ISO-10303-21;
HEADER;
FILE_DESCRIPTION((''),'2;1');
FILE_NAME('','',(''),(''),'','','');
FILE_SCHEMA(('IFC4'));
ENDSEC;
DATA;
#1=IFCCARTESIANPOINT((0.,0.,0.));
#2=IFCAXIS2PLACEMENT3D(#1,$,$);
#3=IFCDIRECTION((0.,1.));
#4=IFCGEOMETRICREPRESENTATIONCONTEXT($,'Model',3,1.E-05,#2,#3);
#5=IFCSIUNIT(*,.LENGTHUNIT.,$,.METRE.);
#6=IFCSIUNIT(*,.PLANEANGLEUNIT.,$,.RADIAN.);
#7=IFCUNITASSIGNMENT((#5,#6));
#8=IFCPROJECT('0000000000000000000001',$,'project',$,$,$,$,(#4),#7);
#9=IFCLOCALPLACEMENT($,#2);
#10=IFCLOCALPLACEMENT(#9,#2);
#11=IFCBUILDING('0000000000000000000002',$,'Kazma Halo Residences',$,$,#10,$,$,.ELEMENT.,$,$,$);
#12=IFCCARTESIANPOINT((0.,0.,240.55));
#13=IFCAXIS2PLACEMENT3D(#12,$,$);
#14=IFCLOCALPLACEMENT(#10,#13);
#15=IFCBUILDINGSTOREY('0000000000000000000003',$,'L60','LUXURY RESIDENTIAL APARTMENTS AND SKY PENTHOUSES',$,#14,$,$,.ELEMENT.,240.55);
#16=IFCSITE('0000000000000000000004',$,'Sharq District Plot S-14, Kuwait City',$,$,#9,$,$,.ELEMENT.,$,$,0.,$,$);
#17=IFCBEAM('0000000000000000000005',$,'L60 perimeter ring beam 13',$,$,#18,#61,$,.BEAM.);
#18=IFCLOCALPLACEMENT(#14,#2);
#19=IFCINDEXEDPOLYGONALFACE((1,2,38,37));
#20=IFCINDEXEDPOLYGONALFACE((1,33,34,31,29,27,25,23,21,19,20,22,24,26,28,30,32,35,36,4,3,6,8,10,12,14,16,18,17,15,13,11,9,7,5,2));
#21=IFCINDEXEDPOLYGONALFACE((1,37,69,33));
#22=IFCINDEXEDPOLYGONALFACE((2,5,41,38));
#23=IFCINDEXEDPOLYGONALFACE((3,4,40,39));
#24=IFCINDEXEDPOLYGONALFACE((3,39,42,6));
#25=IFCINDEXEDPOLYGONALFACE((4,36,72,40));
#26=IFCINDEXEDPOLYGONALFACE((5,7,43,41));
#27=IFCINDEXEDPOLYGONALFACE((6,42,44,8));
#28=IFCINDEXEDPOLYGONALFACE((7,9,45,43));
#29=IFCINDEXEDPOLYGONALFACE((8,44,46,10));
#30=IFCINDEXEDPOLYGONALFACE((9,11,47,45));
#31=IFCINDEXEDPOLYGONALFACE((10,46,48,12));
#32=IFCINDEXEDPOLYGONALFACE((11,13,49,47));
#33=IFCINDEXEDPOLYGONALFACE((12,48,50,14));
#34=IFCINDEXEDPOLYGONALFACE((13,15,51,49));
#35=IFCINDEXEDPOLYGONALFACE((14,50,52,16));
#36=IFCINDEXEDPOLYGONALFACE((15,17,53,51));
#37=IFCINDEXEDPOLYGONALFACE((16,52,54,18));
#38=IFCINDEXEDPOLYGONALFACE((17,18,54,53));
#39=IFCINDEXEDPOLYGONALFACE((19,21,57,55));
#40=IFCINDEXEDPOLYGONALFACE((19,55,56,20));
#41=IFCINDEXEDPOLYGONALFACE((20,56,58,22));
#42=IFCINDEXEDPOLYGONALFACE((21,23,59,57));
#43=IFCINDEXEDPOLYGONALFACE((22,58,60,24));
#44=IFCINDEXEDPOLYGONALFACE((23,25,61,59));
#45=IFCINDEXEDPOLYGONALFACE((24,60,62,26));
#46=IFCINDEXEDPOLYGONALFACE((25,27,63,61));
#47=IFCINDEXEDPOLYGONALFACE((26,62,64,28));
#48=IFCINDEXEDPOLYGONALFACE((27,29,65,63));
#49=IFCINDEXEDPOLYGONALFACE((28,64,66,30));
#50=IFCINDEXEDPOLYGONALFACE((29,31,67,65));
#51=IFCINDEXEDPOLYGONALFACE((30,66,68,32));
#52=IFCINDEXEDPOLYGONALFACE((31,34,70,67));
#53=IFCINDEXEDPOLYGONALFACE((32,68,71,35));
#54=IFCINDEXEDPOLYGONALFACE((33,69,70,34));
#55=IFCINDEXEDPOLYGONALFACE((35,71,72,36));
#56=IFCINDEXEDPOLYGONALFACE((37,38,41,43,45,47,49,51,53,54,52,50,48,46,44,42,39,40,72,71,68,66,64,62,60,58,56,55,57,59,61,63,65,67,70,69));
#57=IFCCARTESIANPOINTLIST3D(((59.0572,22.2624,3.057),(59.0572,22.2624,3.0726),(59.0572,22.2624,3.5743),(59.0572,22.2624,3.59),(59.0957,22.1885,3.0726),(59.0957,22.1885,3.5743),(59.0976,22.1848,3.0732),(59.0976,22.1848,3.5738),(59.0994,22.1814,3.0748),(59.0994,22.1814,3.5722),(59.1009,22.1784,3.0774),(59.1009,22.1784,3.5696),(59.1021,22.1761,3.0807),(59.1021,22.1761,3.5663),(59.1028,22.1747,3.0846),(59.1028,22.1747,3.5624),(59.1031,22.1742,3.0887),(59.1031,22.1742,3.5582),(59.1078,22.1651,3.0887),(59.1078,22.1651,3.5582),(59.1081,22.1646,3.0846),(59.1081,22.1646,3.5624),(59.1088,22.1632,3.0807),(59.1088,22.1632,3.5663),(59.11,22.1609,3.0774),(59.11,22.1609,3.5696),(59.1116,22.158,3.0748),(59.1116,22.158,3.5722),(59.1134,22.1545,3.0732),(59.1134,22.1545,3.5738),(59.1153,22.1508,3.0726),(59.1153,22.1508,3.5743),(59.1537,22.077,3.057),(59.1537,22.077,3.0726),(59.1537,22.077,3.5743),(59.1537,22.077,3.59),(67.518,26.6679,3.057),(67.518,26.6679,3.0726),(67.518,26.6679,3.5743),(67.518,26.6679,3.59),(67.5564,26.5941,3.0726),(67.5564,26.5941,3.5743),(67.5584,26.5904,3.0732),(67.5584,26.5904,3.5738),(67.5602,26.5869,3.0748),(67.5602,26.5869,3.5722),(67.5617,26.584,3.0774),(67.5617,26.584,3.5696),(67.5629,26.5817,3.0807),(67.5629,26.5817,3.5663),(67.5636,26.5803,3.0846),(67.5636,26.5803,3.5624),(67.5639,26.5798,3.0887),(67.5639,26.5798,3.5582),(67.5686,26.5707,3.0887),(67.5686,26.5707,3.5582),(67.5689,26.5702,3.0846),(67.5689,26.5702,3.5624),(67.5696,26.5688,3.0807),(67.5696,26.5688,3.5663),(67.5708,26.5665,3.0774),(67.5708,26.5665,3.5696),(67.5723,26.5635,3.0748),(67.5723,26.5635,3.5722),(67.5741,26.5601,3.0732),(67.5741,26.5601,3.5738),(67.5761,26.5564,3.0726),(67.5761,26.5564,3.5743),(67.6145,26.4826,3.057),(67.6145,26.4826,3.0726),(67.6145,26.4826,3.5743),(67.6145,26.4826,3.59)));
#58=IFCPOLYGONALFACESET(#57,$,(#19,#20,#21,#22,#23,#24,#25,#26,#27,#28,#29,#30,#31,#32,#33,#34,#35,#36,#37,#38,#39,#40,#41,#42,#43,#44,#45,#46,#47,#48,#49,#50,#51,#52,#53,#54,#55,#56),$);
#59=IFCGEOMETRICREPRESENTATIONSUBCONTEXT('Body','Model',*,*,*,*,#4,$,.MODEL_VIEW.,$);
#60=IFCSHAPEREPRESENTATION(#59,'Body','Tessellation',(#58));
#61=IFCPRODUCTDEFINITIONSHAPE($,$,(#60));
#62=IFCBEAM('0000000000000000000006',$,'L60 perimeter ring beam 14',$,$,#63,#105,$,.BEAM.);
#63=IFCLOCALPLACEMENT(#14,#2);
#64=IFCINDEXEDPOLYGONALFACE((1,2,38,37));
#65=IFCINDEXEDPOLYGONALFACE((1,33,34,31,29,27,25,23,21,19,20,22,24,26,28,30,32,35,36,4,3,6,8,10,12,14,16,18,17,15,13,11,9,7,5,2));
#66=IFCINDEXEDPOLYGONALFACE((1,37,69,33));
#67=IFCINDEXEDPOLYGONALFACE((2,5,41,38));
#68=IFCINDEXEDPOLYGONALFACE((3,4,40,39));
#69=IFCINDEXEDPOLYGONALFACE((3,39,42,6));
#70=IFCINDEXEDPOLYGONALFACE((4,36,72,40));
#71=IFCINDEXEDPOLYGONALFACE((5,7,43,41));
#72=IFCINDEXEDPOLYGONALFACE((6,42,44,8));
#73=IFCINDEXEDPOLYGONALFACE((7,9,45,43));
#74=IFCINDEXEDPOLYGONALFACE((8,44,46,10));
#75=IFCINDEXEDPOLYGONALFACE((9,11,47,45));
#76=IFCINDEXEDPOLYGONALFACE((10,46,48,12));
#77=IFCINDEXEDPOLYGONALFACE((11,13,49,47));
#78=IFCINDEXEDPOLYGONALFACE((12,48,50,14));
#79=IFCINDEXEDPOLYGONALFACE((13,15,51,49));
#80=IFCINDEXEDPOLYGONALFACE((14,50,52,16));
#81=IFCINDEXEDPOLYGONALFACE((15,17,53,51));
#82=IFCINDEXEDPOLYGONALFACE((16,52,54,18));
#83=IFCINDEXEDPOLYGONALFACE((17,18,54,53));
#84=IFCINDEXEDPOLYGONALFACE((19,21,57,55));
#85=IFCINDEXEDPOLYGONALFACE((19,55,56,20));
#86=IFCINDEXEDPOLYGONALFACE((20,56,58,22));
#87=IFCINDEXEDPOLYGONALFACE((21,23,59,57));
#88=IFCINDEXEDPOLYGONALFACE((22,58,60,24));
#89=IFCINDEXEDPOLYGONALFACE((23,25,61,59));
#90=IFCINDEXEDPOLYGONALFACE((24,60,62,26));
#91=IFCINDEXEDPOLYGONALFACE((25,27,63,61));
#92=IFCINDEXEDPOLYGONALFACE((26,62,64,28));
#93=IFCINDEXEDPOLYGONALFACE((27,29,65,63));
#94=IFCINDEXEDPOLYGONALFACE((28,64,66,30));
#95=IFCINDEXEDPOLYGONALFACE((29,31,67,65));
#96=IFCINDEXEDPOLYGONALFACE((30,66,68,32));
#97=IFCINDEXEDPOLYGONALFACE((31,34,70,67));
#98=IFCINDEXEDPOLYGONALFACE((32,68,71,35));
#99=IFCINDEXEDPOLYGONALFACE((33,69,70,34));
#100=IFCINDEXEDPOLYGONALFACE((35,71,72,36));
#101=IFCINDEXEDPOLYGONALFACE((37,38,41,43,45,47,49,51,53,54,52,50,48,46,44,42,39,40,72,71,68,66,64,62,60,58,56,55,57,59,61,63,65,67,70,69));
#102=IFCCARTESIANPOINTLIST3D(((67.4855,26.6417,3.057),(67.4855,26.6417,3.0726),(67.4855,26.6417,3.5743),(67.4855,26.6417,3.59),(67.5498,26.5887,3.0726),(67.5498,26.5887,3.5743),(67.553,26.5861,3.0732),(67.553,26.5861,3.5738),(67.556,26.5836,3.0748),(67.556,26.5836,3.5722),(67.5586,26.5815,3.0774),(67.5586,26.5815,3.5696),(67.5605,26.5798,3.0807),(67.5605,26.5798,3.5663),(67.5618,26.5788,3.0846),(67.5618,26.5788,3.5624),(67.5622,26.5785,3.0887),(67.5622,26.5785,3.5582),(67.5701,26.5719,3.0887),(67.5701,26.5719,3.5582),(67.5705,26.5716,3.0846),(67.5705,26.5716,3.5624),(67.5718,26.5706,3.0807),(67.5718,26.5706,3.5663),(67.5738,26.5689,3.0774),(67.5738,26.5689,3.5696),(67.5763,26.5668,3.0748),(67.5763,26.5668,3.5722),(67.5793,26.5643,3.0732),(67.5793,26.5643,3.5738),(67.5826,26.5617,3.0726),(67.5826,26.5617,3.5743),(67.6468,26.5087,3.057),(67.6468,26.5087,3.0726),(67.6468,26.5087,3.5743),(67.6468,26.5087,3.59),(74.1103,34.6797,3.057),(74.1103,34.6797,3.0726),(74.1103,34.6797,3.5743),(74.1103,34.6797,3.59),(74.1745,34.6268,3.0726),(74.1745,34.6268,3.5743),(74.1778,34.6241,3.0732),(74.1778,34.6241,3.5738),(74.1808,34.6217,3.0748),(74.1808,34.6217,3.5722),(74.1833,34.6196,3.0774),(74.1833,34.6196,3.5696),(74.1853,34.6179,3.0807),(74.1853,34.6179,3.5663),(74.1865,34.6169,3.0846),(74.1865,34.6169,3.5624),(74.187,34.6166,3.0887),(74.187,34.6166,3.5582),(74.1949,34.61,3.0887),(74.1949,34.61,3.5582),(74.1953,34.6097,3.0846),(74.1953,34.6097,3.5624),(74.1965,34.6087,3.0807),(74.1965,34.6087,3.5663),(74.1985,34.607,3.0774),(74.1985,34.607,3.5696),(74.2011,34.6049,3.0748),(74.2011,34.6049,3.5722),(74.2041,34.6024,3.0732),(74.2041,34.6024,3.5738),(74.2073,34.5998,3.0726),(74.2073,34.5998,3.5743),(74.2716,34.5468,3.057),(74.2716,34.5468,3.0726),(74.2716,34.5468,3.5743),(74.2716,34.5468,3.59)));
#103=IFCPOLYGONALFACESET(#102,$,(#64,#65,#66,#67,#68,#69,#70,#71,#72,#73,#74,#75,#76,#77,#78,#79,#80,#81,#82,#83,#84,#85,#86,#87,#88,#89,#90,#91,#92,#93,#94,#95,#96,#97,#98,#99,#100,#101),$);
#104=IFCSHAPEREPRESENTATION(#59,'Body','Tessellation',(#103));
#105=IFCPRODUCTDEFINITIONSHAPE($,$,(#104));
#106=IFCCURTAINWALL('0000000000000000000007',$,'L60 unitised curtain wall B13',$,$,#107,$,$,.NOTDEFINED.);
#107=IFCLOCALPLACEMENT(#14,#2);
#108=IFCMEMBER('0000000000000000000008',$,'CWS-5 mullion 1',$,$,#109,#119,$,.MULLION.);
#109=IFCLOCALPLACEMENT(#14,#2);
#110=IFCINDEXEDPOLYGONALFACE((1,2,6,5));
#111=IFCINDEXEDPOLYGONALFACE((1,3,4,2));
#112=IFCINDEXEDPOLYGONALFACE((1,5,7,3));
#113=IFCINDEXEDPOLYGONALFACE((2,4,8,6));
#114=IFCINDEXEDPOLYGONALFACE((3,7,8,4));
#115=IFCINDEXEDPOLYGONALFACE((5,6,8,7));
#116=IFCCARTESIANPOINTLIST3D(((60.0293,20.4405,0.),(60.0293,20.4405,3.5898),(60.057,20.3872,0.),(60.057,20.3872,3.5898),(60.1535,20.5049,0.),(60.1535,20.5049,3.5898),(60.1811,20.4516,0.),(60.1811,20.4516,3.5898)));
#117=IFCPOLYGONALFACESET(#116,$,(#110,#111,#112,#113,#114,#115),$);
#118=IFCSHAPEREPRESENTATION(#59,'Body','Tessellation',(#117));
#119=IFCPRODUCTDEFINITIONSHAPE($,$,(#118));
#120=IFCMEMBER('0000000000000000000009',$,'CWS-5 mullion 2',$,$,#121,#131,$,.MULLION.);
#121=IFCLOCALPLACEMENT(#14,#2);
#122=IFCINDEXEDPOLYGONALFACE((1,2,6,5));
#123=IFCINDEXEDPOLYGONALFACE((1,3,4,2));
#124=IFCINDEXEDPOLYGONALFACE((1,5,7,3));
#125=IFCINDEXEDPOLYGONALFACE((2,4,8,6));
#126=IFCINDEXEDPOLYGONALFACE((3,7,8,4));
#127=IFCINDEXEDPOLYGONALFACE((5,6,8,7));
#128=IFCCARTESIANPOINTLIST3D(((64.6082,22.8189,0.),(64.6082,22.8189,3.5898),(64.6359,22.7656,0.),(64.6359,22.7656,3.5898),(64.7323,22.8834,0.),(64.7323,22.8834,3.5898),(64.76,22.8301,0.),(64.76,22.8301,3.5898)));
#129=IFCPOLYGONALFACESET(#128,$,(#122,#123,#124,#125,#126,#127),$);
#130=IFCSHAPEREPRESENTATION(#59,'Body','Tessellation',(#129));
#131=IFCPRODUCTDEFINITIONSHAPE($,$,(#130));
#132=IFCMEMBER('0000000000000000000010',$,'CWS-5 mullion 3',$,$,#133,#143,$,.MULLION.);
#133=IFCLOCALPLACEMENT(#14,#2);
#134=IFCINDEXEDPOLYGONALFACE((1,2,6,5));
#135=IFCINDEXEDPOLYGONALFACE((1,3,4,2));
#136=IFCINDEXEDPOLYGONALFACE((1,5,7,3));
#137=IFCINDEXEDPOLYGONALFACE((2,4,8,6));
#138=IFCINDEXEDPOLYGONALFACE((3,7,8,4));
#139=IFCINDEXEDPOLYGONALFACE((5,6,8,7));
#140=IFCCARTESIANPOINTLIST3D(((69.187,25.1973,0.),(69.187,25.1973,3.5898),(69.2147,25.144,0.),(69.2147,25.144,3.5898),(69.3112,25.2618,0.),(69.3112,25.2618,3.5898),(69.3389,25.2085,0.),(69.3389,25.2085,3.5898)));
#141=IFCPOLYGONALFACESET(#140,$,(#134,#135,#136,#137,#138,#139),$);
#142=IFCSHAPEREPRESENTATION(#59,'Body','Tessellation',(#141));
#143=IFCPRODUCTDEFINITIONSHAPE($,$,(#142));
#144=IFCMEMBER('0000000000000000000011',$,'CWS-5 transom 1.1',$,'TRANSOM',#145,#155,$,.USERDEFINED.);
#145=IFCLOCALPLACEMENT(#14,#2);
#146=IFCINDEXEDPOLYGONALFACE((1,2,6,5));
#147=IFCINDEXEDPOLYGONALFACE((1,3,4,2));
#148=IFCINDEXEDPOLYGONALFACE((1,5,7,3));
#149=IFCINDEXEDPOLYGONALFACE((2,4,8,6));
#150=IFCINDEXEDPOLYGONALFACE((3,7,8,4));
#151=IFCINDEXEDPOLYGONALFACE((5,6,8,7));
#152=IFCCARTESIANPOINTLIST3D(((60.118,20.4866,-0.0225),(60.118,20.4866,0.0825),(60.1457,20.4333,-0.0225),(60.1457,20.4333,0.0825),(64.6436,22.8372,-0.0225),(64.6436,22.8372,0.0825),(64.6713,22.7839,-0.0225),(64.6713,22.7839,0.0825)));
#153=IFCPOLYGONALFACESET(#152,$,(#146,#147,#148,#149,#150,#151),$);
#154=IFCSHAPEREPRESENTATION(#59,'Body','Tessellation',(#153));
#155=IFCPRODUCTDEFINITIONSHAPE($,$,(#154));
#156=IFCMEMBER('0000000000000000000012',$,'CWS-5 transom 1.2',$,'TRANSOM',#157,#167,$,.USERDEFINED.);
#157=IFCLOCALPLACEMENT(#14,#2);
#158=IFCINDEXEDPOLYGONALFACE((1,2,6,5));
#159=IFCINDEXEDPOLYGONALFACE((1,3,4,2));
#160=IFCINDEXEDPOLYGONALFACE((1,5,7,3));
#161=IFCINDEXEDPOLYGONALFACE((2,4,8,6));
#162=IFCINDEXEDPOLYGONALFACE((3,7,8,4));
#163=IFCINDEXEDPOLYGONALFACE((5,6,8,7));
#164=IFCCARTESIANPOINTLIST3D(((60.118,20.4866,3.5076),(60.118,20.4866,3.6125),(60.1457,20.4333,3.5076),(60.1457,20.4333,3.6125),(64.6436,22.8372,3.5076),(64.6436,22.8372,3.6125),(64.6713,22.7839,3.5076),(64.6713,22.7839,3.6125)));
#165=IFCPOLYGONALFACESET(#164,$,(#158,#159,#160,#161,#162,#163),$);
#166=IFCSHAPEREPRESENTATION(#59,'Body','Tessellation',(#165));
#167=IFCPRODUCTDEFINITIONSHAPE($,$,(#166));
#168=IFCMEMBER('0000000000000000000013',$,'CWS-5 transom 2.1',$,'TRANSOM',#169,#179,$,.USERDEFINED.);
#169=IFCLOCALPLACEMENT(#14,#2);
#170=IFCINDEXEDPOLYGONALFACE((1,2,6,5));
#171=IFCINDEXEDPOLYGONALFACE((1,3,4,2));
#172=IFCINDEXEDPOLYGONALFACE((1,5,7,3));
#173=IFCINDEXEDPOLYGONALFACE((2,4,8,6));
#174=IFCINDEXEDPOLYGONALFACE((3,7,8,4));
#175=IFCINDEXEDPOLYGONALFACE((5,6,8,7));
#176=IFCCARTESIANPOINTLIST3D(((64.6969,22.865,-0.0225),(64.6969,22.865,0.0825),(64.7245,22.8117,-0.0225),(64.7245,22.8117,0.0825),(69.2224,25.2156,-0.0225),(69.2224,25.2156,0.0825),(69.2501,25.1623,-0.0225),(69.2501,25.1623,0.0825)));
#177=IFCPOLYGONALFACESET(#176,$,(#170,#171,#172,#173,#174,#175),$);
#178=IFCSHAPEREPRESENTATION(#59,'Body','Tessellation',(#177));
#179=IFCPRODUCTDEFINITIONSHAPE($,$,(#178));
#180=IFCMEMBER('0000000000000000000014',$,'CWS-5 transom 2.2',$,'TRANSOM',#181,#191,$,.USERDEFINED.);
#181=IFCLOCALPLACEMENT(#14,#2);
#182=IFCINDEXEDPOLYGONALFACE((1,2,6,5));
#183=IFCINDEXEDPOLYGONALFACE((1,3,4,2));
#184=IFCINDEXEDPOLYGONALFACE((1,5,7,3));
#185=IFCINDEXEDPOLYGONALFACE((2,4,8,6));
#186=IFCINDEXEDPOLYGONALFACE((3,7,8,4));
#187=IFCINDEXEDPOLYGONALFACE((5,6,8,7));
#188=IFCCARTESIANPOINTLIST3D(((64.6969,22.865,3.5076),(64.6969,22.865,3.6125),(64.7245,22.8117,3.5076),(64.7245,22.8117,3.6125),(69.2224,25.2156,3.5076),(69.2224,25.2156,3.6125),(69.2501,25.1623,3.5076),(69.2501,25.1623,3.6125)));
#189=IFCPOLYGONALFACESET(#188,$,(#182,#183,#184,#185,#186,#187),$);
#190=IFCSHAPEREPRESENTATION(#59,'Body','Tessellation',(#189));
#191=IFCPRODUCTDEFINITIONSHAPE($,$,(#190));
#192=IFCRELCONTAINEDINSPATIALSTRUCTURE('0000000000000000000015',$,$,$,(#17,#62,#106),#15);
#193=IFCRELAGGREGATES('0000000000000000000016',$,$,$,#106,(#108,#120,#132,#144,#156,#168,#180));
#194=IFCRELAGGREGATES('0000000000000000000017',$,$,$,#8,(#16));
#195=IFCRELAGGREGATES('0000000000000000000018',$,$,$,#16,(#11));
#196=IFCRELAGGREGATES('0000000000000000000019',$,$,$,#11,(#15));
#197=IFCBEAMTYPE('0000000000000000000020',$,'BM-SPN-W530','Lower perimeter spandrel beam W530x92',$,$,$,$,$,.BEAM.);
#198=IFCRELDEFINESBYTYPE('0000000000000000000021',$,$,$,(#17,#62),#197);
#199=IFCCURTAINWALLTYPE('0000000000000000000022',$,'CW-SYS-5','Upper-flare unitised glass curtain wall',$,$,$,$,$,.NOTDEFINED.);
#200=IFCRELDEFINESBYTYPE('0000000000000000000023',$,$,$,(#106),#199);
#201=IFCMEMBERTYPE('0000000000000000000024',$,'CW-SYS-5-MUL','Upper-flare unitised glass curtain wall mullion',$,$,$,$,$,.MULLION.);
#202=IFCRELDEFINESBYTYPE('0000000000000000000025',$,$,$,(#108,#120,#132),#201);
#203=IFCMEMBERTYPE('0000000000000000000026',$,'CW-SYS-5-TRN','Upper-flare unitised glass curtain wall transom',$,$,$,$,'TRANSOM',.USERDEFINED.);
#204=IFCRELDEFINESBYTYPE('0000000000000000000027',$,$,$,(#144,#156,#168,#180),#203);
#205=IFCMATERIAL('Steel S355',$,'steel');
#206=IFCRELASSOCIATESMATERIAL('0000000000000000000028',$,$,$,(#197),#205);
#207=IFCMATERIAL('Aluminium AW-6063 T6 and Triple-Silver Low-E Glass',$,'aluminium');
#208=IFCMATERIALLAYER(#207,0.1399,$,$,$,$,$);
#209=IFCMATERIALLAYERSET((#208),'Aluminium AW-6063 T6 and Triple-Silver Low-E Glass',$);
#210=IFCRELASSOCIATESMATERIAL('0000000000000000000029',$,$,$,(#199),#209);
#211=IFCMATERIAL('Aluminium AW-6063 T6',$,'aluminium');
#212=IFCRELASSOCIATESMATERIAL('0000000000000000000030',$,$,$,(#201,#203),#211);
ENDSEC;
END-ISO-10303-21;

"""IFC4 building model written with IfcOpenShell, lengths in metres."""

from ifc_helpers import new_model, si_unit, direction, frame, origin, origin_2d, place, context, subcontext, project, spatial, rectangle, i_section, extrude, material, layer, layer_set, material_profile, profile_set, type_object, element, aggregate, save


model = new_model("IFC4")

# Units and contexts
model_context = context("Model", 3, precision=1e-05, world=origin(), true_north=direction((0.0, 1.0)))
body_context = subcontext(model_context, "Body", "Model", "MODEL_VIEW")
ifc_project = project(units=[si_unit("LENGTHUNIT", "METRE"), si_unit("PLANEANGLEUNIT", "RADIAN")], contexts=[model_context])

# Site, building, storey
site_placement = place(None, origin())
site = spatial("IfcSite", under=ifc_project, at=site_placement, Name="Sharq District Plot S-14, Kuwait City", CompositionType="ELEMENT", RefElevation=0.0)
building_placement = place(site_placement, origin())
building = spatial("IfcBuilding", under=site, at=building_placement, Name="Kazma Halo Residences", CompositionType="ELEMENT")
storey_placement = place(building_placement, frame((0.0, 0.0, 240.55)))
storey = spatial("IfcBuildingStorey", under=building, at=storey_placement, Name="L60", Description="LUXURY RESIDENTIAL APARTMENTS AND SKY PENTHOUSES", CompositionType="ELEMENT", Elevation=240.55)

# Beams
ifc_material_1 = material(Name="Steel S355", Category="steel")
ifc_material_profile_1 = material_profile(ifc_material_1, i_section(OverallWidth=0.209, OverallDepth=0.533, WebThickness=0.0103, FlangeThickness=0.0156, FilletRadius=0.0161, at=origin_2d()), Name="W530x92")
ifc_profile_set_1 = profile_set([ifc_material_profile_1], Name="Steel S355")
beam_type_1 = type_object("IfcBeamType", Name="BM-SPN-W530", Description="Lower perimeter spandrel beam W530x92", PredefinedType="BEAM", material=ifc_profile_set_1)
beam_1_placement = place(storey_placement, frame((59.1055, 22.1697, 3.3235), z_axis=(0.886961, 0.461844, 0.0), x_axis=(-0.461844, 0.886961, 0.0)))
element("IfcBeam", 1, at=beam_1_placement, inside=storey, type_object=beam_type_1, Name="L60 perimeter ring beam 13", PredefinedType="BEAM", context=body_context, shape_type="SweptSolid", body=[
    extrude(i_section(OverallWidth=0.209, OverallDepth=0.533, WebThickness=0.0103, FlangeThickness=0.0156, FilletRadius=0.0161, at=origin_2d()), origin(), (0.0, 0.0, 1.0), 9.5391),
])
beam_2_placement = place(storey_placement, frame((67.5662, 26.5752, 3.3235), z_axis=(0.636002, 0.771687, 0.0), x_axis=(-0.771687, 0.636002, 0.0)))
element("IfcBeam", 2, at=beam_2_placement, inside=storey, type_object=beam_type_1, Name="L60 perimeter ring beam 14", PredefinedType="BEAM", context=body_context, shape_type="SweptSolid", body=[
    extrude(i_section(OverallWidth=0.209, OverallDepth=0.533, WebThickness=0.0103, FlangeThickness=0.0156, FilletRadius=0.0161, at=origin_2d()), origin(), (0.0, 0.0, 1.0), 10.4163),
])

# Curtain wall, members
ifc_material_2 = material(Name="Aluminium AW-6063 T6 and Triple-Silver Low-E Glass", Category="aluminium")
ifc_layer_1 = layer(ifc_material_2, 0.1399)
ifc_layer_set_1 = layer_set([ifc_layer_1], Name="Aluminium AW-6063 T6 and Triple-Silver Low-E Glass")
curtain_wall_type = type_object("IfcCurtainWallType", Name="CW-SYS-5", Description="Upper-flare unitised glass curtain wall", PredefinedType="NOTDEFINED", material=ifc_layer_set_1)
curtain_wall_placement = place(storey_placement, origin())
curtain_wall = element("IfcCurtainWall", 3, at=curtain_wall_placement, inside=storey, type_object=curtain_wall_type, Name="L60 unitised curtain wall B13", PredefinedType="NOTDEFINED")
ifc_material_3 = material(Name="Aluminium AW-6063 T6", Category="aluminium")
ifc_material_profile_2 = material_profile(ifc_material_3, rectangle(XDim=0.0601, YDim=0.1399, at=origin_2d()), Name="CWM-60x140")
ifc_profile_set_2 = profile_set([ifc_material_profile_2], Name="Aluminium AW-6063 T6")
member_type_1 = type_object("IfcMemberType", Name="CW-SYS-5-MUL", Description="Upper-flare unitised glass curtain wall mullion", PredefinedType="MULLION", material=ifc_profile_set_2)
member_1_placement = place(storey_placement, frame((60.1052, 20.446, 0.0), z_axis=(0.0, 0.0, 1.0), x_axis=(-0.460961, 0.887421, 0.0)))
member_1 = element("IfcMember", 4, at=member_1_placement, type_object=member_type_1, Name="CWS-5 mullion 1", PredefinedType="MULLION", context=body_context, shape_type="SweptSolid", body=[
    extrude(rectangle(XDim=0.0601, YDim=0.1399, at=origin_2d()), origin(), (0.0, 0.0, 1.0), 3.5898),
])
member_2_placement = place(storey_placement, frame((64.6841, 22.8245, 0.0), z_axis=(0.0, 0.0, 1.0), x_axis=(-0.460961, 0.887421, 0.0)))
member_2 = element("IfcMember", 5, at=member_2_placement, type_object=member_type_1, Name="CWS-5 mullion 2", PredefinedType="MULLION", context=body_context, shape_type="SweptSolid", body=[
    extrude(rectangle(XDim=0.0601, YDim=0.1399, at=origin_2d()), origin(), (0.0, 0.0, 1.0), 3.5898),
])
member_3_placement = place(storey_placement, frame((69.2629, 25.2029, 0.0), z_axis=(0.0, 0.0, 1.0), x_axis=(-0.460961, 0.887421, 0.0)))
member_3 = element("IfcMember", 6, at=member_3_placement, type_object=member_type_1, Name="CWS-5 mullion 3", PredefinedType="MULLION", context=body_context, shape_type="SweptSolid", body=[
    extrude(rectangle(XDim=0.0601, YDim=0.1399, at=origin_2d()), origin(), (0.0, 0.0, 1.0), 3.5898),
])
ifc_material_profile_3 = material_profile(ifc_material_3, rectangle(XDim=0.0601, YDim=0.105, at=origin_2d()), Name="CWT-60x105")
ifc_profile_set_3 = profile_set([ifc_material_profile_3], Name="Aluminium AW-6063 T6")
member_type_2 = type_object("IfcMemberType", Name="CW-SYS-5-TRN", Description="Upper-flare unitised glass curtain wall transom", ElementType="TRANSOM", PredefinedType="USERDEFINED", material=ifc_profile_set_3)
member_4_placement = place(storey_placement, frame((60.1318, 20.46, 0.03), z_axis=(0.887437, 0.460929, 0.0), x_axis=(-0.460929, 0.887437, 0.0)))
member_4 = element("IfcMember", 7, at=member_4_placement, type_object=member_type_2, Name="CWS-5 transom 1.1", ObjectType="TRANSOM", PredefinedType="USERDEFINED", context=body_context, shape_type="SweptSolid", body=[
    extrude(rectangle(XDim=0.0601, YDim=0.105, at=origin_2d()), origin(), (0.0, 0.0, 1.0), 5.0996),
])
member_5_placement = place(storey_placement, frame((60.1318, 20.46, 3.5601), z_axis=(0.887437, 0.460929, 0.0), x_axis=(-0.460929, 0.887437, 0.0)))
member_5 = element("IfcMember", 8, at=member_5_placement, type_object=member_type_2, Name="CWS-5 transom 1.2", ObjectType="TRANSOM", PredefinedType="USERDEFINED", context=body_context, shape_type="SweptSolid", body=[
    extrude(rectangle(XDim=0.0601, YDim=0.105, at=origin_2d()), origin(), (0.0, 0.0, 1.0), 5.0996),
])
member_6_placement = place(storey_placement, frame((64.7107, 22.8384, 0.03), z_axis=(0.887437, 0.460929, 0.0), x_axis=(-0.460929, 0.887437, 0.0)))
member_6 = element("IfcMember", 9, at=member_6_placement, type_object=member_type_2, Name="CWS-5 transom 2.1", ObjectType="TRANSOM", PredefinedType="USERDEFINED", context=body_context, shape_type="SweptSolid", body=[
    extrude(rectangle(XDim=0.0601, YDim=0.105, at=origin_2d()), origin(), (0.0, 0.0, 1.0), 5.0996),
])
member_7_placement = place(storey_placement, frame((64.7107, 22.8384, 3.5601), z_axis=(0.887437, 0.460929, 0.0), x_axis=(-0.460929, 0.887437, 0.0)))
member_7 = element("IfcMember", 10, at=member_7_placement, type_object=member_type_2, Name="CWS-5 transom 2.2", ObjectType="TRANSOM", PredefinedType="USERDEFINED", context=body_context, shape_type="SweptSolid", body=[
    extrude(rectangle(XDim=0.0601, YDim=0.105, at=origin_2d()), origin(), (0.0, 0.0, 1.0), 5.0996),
])
aggregate(curtain_wall, [member_1, member_2, member_3, member_4, member_5, member_6, member_7])

save(model, "model.ifc")
